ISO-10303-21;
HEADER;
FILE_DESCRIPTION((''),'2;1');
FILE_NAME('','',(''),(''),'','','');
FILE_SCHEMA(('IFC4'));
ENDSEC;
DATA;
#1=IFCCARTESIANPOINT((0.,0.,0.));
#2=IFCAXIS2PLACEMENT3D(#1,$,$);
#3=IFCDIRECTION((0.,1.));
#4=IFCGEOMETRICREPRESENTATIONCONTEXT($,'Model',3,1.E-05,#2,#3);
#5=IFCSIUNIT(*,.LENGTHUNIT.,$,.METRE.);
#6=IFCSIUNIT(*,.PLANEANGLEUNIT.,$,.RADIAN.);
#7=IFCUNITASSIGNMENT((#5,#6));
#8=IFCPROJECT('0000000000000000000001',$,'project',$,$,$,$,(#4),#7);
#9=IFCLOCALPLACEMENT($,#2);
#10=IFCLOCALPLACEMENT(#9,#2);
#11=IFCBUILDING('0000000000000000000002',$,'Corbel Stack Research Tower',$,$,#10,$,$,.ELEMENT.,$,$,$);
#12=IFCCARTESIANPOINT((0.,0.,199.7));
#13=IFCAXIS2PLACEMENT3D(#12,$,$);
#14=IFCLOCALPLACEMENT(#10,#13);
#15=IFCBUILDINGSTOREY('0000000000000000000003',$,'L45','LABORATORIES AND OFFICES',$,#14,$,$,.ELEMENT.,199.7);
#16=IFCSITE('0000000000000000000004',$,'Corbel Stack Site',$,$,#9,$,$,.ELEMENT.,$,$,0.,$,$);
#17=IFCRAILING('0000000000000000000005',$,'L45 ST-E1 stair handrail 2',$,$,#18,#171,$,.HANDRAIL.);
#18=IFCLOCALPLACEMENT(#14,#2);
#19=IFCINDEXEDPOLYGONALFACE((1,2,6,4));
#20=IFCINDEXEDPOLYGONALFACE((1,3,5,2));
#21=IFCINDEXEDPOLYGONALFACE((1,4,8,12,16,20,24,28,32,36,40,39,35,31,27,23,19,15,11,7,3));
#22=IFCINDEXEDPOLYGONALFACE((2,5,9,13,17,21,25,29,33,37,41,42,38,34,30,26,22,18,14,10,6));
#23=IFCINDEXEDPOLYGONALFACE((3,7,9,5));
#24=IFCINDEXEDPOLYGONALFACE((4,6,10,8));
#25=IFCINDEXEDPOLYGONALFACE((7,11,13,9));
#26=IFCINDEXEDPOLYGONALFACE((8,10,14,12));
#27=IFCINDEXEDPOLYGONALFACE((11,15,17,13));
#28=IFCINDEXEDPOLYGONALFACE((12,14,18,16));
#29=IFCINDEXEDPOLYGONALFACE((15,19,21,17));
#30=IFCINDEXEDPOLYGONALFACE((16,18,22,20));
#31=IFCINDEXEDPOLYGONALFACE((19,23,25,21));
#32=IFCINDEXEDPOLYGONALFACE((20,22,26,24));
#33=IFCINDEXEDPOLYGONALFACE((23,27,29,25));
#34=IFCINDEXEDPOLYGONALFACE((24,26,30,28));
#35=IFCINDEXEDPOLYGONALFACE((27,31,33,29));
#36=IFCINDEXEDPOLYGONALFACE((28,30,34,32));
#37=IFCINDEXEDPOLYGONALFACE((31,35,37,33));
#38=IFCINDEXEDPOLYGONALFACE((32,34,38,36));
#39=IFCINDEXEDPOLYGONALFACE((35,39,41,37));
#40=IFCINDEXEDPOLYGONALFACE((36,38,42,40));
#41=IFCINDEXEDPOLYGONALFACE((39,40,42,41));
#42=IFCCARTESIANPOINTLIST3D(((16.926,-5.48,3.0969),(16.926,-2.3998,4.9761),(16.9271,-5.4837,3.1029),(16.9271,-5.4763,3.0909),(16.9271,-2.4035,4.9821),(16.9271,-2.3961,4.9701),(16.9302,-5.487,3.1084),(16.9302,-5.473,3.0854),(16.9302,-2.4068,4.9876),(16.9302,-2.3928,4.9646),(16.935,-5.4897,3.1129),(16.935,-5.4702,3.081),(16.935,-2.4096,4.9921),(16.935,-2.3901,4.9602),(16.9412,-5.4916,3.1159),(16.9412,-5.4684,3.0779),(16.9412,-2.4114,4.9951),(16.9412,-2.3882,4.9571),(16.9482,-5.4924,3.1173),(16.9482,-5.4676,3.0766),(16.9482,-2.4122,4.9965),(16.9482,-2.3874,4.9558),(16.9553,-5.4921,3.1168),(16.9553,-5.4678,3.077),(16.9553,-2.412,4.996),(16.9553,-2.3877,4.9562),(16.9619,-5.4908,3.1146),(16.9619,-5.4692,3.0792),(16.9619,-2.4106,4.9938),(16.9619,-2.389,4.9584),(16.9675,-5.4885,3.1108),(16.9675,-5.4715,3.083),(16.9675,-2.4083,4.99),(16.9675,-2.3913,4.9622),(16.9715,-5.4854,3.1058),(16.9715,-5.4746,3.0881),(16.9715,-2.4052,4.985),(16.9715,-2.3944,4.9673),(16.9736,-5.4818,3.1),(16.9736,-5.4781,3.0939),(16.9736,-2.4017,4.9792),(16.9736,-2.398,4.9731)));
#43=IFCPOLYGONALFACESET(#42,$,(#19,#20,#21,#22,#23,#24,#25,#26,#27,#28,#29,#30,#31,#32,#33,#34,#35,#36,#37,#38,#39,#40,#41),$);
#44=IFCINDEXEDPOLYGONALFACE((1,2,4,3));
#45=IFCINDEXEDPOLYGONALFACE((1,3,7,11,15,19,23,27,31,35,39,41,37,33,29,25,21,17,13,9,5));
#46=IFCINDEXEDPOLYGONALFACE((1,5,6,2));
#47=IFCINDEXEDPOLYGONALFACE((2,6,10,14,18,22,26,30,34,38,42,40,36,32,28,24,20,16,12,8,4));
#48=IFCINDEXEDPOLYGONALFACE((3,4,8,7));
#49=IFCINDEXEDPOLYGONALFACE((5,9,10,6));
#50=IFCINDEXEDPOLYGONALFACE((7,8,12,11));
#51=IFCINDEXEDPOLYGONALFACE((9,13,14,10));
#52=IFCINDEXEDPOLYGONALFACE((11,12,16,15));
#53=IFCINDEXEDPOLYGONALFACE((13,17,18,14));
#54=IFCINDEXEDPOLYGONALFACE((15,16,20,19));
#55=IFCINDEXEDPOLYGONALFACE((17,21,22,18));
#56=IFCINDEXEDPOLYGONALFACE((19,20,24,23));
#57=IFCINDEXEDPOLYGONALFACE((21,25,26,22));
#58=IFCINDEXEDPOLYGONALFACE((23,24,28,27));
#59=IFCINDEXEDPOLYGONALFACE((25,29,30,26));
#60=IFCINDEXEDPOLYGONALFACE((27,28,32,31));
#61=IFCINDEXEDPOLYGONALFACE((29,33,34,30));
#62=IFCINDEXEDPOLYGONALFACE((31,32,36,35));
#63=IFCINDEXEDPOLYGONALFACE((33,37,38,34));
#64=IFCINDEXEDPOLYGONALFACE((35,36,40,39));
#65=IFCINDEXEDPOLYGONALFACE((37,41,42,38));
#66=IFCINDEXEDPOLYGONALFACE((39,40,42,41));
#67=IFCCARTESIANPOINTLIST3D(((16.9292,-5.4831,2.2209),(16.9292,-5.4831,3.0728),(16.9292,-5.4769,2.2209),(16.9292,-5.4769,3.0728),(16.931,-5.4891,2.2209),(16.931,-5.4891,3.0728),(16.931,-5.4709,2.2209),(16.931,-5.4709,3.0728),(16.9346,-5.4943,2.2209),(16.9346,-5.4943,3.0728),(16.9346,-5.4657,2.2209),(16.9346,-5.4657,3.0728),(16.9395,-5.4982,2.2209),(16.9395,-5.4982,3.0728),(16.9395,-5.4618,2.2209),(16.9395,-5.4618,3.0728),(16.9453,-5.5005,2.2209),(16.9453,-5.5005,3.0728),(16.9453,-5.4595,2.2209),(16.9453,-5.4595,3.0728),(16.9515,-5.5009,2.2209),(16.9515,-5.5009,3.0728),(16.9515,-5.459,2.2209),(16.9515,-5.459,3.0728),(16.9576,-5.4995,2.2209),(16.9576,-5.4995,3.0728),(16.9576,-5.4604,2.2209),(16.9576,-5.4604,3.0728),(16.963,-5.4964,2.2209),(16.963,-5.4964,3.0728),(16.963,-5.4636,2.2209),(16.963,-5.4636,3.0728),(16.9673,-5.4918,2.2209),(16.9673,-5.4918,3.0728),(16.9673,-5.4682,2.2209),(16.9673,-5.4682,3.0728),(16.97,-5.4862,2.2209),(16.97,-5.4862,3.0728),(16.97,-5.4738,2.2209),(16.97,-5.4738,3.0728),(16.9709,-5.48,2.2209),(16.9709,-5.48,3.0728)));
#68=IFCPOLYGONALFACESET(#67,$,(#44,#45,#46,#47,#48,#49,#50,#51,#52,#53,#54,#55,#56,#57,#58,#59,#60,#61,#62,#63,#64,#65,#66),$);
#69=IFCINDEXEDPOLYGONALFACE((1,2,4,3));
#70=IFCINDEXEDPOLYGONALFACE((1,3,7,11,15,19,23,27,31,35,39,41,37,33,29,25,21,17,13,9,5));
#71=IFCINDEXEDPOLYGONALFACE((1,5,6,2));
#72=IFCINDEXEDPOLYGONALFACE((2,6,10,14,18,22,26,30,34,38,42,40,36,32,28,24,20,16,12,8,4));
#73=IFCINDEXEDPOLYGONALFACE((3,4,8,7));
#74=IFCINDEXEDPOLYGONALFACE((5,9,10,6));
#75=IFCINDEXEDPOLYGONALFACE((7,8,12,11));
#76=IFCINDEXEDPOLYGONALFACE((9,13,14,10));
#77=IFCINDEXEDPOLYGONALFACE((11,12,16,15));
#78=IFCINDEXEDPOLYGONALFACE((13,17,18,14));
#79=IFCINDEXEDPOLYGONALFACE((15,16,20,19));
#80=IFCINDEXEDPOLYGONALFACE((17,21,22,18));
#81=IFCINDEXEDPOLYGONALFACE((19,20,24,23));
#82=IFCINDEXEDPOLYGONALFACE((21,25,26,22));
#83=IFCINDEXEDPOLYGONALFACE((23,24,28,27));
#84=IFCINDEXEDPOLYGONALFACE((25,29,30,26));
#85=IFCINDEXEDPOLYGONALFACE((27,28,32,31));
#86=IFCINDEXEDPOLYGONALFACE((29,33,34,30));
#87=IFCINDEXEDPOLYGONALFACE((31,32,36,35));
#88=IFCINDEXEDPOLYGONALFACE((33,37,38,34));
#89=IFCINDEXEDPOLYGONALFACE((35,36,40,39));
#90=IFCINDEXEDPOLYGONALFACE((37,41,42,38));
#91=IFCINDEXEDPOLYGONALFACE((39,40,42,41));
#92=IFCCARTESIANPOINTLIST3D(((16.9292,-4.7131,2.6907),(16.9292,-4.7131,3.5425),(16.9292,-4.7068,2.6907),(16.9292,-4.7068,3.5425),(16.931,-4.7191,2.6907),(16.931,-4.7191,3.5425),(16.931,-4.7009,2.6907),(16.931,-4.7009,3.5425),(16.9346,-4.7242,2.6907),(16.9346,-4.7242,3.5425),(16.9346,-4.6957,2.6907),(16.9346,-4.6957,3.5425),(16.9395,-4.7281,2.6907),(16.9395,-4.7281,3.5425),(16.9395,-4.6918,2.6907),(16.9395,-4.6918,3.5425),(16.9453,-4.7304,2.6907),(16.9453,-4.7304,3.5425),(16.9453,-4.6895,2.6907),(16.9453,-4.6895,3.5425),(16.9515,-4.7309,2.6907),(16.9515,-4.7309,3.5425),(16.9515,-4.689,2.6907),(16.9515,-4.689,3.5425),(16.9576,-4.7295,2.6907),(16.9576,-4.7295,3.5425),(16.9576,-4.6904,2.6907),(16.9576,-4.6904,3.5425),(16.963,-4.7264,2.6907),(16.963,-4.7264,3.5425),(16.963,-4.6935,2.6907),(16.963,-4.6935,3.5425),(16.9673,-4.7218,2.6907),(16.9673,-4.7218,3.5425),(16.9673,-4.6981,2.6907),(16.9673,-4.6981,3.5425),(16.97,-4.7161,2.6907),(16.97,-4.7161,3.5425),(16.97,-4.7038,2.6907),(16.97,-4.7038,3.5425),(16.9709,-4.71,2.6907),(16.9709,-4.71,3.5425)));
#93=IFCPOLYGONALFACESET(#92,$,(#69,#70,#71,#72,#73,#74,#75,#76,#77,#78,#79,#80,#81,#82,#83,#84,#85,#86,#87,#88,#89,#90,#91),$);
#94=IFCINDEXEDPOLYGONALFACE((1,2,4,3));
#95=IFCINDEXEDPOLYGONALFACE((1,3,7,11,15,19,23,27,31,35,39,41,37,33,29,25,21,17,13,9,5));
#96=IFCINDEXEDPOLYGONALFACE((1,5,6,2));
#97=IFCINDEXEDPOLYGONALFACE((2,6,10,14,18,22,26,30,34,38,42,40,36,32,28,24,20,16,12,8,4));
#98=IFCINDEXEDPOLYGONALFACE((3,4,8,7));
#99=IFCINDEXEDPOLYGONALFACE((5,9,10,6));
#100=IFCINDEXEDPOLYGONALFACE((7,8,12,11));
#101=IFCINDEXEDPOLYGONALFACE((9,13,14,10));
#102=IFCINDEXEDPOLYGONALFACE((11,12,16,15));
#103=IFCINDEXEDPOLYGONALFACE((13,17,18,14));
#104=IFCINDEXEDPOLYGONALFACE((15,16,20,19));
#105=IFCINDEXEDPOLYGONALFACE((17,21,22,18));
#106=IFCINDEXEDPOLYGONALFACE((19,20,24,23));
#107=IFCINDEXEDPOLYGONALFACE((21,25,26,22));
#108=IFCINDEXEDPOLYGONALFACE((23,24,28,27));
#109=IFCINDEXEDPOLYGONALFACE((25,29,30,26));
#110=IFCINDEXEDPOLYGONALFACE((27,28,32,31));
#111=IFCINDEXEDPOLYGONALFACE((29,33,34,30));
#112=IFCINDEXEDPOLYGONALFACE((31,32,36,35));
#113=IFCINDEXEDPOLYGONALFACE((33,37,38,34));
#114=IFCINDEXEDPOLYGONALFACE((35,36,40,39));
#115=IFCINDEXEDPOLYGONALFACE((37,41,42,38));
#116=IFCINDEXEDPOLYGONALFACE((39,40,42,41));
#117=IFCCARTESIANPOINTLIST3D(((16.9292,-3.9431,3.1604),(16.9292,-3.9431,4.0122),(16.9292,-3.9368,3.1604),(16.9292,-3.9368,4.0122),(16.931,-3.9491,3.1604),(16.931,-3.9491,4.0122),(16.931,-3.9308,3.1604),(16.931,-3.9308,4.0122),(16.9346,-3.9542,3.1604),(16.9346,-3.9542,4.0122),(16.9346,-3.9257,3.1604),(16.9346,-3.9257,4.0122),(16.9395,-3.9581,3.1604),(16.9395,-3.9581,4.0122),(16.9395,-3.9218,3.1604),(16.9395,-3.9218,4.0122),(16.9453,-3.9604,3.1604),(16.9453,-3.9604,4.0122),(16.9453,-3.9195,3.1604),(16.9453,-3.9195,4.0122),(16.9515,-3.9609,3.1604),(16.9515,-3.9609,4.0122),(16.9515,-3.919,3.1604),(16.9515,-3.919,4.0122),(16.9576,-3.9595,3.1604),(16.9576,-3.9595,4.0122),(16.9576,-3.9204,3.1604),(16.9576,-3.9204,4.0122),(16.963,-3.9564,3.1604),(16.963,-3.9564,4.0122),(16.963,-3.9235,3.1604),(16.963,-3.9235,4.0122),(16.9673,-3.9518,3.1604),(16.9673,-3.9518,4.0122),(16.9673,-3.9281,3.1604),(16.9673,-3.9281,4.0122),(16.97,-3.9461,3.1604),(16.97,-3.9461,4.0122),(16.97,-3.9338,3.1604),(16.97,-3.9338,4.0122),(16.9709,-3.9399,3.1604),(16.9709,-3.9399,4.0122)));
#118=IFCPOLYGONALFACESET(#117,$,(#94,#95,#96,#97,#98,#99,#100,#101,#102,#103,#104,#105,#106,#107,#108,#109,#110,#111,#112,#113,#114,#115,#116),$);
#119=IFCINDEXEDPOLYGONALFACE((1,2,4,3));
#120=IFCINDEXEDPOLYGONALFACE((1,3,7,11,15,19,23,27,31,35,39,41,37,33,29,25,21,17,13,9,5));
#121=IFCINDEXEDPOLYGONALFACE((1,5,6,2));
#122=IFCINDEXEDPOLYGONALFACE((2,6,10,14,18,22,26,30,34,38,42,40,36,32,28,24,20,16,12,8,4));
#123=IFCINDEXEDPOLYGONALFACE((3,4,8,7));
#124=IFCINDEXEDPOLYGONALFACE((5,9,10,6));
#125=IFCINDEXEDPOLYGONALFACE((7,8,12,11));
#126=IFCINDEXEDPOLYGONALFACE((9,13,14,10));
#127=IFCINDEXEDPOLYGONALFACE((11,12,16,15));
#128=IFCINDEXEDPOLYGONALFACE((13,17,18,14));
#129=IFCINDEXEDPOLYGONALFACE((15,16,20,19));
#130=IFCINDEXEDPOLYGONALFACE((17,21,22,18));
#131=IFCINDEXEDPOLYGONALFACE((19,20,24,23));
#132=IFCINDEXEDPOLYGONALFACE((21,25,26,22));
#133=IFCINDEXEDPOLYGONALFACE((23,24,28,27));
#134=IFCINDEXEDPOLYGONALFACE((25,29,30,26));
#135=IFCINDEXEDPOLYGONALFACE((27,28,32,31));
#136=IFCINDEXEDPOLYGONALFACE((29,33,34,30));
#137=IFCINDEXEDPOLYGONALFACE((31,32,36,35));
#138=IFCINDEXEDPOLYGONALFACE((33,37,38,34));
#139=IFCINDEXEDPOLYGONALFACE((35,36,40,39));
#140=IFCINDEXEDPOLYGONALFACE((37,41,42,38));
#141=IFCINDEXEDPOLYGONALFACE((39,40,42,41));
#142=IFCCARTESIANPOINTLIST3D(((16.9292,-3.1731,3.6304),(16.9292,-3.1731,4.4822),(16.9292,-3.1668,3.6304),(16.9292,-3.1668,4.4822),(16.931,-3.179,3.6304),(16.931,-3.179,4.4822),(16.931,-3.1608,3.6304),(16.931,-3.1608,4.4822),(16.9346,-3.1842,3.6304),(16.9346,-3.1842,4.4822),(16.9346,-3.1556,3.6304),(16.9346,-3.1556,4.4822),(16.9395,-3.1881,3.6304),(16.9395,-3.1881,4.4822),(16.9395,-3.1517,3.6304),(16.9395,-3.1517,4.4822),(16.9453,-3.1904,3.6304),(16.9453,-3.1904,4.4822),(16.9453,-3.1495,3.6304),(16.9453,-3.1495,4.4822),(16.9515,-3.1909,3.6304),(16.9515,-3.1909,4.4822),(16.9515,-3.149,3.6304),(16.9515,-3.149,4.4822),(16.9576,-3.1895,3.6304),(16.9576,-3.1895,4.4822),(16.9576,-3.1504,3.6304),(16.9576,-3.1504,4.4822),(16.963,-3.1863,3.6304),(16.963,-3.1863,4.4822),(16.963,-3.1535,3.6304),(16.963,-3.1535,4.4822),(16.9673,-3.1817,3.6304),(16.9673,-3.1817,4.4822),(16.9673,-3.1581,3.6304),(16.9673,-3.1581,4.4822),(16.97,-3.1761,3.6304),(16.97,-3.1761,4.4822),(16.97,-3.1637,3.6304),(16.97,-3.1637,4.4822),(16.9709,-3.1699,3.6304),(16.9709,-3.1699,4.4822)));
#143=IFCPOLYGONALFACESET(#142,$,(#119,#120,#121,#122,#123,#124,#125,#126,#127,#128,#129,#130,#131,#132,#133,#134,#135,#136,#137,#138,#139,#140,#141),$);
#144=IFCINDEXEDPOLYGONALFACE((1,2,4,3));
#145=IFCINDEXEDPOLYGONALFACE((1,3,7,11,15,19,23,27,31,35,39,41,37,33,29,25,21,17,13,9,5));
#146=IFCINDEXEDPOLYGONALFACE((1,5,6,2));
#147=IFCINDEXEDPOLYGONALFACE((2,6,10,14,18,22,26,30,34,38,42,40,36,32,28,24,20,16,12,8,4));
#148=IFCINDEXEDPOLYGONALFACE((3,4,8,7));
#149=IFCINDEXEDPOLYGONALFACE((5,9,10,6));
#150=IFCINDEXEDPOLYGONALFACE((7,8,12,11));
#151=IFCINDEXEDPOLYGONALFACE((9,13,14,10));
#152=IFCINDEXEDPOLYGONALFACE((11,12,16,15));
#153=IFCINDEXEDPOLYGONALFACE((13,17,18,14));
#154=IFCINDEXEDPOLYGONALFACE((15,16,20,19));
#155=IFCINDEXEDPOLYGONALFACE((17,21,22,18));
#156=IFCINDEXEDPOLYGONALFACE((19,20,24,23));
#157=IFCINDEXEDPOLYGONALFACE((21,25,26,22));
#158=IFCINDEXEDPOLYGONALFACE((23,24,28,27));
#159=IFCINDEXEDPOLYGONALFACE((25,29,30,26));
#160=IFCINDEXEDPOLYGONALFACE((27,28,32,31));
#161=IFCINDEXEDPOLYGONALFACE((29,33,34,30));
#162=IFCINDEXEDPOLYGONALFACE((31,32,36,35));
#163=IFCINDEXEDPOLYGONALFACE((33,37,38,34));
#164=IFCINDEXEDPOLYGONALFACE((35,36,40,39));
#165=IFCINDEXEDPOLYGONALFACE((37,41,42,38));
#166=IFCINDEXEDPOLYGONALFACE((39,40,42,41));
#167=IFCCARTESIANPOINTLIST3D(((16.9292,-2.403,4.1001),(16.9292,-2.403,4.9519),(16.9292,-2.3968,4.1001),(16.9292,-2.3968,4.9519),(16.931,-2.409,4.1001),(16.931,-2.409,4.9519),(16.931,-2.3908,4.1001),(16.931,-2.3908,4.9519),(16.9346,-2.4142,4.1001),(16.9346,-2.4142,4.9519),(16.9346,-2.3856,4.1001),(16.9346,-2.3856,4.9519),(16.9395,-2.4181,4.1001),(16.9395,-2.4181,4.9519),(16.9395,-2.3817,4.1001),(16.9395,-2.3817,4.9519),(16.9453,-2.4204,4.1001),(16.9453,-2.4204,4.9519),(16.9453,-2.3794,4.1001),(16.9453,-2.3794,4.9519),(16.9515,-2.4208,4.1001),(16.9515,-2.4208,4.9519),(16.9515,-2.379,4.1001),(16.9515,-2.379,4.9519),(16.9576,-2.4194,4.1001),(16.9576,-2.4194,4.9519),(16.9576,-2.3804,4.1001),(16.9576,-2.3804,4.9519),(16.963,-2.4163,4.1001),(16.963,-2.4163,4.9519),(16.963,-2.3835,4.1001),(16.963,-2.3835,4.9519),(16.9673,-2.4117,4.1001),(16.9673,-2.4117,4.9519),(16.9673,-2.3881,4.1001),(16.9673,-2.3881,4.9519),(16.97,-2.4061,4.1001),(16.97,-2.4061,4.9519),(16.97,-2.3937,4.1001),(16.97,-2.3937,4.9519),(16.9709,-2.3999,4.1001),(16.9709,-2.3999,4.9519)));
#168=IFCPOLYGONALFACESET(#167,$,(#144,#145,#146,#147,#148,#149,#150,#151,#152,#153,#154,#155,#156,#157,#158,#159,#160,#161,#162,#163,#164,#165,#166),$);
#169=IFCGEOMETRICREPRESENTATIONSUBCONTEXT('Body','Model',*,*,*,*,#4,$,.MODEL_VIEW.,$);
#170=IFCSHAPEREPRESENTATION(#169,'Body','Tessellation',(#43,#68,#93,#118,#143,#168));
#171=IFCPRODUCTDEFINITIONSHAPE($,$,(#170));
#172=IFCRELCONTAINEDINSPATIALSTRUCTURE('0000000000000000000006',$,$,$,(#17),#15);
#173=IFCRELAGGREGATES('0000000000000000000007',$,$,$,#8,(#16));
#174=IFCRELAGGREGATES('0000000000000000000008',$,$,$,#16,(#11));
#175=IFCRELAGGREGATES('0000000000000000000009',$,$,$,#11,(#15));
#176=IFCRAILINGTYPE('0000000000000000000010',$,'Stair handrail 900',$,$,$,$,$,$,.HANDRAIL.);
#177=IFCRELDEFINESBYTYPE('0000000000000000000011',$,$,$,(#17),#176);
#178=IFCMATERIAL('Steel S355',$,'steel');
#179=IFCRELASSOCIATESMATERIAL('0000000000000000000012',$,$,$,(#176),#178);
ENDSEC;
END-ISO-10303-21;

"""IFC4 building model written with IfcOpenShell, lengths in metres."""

from ifc_helpers import new_model, si_unit, direction, frame, origin, origin_2d, place, context, subcontext, project, spatial, circle, extrude, material, type_object, element, save


model = new_model("IFC4")

# Units and contexts
model_context = context("Model", 3, precision=1e-05, world=origin(), true_north=direction((0.0, 1.0)))
body_context = subcontext(model_context, "Body", "Model", "MODEL_VIEW")
ifc_project = project(units=[si_unit("LENGTHUNIT", "METRE"), si_unit("PLANEANGLEUNIT", "RADIAN")], contexts=[model_context])

# Site, building, storey
site_placement = place(None, origin())
site = spatial("IfcSite", under=ifc_project, at=site_placement, Name="Corbel Stack Site", CompositionType="ELEMENT", RefElevation=0.0)
building_placement = place(site_placement, origin())
building = spatial("IfcBuilding", under=site, at=building_placement, Name="Corbel Stack Research Tower", CompositionType="ELEMENT")
storey_placement = place(building_placement, frame((0.0, 0.0, 199.7)))
storey = spatial("IfcBuildingStorey", under=building, at=storey_placement, Name="L45", Description="LABORATORIES AND OFFICES", CompositionType="ELEMENT", Elevation=199.7)

# Railing
ifc_material_1 = material(Name="Steel S355", Category="steel")
railing_type_1 = type_object("IfcRailingType", Name="Stair handrail 900", PredefinedType="HANDRAIL", material=ifc_material_1)
railing_1_placement = place(storey_placement, frame((16.95, -5.48, 2.2209)))
element("IfcRailing", 1, at=railing_1_placement, inside=storey, type_object=railing_type_1, Name="L45 ST-E1 stair handrail 2", PredefinedType="HANDRAIL", context=body_context, shape_type="SweptSolid", body=[
    extrude(circle(Radius=0.0239, at=origin_2d()), frame((0.0, 0.0, 0.876), z_axis=(0.0, 0.853666, 0.52082), x_axis=(-1.0, 0.0, 0.0)), (0.0, 0.0, 1.0), 3.6082),
    extrude(circle(Radius=0.021, at=origin_2d()), origin(), (0.0, 0.0, 1.0), 0.8518),
    extrude(circle(Radius=0.021, at=origin_2d()), frame((0.0, 0.77, 0.4697)), (0.0, 0.0, 1.0), 0.8518),
    extrude(circle(Radius=0.021, at=origin_2d()), frame((0.0, 1.54, 0.9395)), (0.0, 0.0, 1.0), 0.8518),
    extrude(circle(Radius=0.021, at=origin_2d()), frame((0.0, 2.3101, 1.4094)), (0.0, 0.0, 1.0), 0.8518),
    extrude(circle(Radius=0.021, at=origin_2d()), frame((0.0, 3.0801, 1.8792)), (0.0, 0.0, 1.0), 0.8518),
])

save(model, "model.ifc")
